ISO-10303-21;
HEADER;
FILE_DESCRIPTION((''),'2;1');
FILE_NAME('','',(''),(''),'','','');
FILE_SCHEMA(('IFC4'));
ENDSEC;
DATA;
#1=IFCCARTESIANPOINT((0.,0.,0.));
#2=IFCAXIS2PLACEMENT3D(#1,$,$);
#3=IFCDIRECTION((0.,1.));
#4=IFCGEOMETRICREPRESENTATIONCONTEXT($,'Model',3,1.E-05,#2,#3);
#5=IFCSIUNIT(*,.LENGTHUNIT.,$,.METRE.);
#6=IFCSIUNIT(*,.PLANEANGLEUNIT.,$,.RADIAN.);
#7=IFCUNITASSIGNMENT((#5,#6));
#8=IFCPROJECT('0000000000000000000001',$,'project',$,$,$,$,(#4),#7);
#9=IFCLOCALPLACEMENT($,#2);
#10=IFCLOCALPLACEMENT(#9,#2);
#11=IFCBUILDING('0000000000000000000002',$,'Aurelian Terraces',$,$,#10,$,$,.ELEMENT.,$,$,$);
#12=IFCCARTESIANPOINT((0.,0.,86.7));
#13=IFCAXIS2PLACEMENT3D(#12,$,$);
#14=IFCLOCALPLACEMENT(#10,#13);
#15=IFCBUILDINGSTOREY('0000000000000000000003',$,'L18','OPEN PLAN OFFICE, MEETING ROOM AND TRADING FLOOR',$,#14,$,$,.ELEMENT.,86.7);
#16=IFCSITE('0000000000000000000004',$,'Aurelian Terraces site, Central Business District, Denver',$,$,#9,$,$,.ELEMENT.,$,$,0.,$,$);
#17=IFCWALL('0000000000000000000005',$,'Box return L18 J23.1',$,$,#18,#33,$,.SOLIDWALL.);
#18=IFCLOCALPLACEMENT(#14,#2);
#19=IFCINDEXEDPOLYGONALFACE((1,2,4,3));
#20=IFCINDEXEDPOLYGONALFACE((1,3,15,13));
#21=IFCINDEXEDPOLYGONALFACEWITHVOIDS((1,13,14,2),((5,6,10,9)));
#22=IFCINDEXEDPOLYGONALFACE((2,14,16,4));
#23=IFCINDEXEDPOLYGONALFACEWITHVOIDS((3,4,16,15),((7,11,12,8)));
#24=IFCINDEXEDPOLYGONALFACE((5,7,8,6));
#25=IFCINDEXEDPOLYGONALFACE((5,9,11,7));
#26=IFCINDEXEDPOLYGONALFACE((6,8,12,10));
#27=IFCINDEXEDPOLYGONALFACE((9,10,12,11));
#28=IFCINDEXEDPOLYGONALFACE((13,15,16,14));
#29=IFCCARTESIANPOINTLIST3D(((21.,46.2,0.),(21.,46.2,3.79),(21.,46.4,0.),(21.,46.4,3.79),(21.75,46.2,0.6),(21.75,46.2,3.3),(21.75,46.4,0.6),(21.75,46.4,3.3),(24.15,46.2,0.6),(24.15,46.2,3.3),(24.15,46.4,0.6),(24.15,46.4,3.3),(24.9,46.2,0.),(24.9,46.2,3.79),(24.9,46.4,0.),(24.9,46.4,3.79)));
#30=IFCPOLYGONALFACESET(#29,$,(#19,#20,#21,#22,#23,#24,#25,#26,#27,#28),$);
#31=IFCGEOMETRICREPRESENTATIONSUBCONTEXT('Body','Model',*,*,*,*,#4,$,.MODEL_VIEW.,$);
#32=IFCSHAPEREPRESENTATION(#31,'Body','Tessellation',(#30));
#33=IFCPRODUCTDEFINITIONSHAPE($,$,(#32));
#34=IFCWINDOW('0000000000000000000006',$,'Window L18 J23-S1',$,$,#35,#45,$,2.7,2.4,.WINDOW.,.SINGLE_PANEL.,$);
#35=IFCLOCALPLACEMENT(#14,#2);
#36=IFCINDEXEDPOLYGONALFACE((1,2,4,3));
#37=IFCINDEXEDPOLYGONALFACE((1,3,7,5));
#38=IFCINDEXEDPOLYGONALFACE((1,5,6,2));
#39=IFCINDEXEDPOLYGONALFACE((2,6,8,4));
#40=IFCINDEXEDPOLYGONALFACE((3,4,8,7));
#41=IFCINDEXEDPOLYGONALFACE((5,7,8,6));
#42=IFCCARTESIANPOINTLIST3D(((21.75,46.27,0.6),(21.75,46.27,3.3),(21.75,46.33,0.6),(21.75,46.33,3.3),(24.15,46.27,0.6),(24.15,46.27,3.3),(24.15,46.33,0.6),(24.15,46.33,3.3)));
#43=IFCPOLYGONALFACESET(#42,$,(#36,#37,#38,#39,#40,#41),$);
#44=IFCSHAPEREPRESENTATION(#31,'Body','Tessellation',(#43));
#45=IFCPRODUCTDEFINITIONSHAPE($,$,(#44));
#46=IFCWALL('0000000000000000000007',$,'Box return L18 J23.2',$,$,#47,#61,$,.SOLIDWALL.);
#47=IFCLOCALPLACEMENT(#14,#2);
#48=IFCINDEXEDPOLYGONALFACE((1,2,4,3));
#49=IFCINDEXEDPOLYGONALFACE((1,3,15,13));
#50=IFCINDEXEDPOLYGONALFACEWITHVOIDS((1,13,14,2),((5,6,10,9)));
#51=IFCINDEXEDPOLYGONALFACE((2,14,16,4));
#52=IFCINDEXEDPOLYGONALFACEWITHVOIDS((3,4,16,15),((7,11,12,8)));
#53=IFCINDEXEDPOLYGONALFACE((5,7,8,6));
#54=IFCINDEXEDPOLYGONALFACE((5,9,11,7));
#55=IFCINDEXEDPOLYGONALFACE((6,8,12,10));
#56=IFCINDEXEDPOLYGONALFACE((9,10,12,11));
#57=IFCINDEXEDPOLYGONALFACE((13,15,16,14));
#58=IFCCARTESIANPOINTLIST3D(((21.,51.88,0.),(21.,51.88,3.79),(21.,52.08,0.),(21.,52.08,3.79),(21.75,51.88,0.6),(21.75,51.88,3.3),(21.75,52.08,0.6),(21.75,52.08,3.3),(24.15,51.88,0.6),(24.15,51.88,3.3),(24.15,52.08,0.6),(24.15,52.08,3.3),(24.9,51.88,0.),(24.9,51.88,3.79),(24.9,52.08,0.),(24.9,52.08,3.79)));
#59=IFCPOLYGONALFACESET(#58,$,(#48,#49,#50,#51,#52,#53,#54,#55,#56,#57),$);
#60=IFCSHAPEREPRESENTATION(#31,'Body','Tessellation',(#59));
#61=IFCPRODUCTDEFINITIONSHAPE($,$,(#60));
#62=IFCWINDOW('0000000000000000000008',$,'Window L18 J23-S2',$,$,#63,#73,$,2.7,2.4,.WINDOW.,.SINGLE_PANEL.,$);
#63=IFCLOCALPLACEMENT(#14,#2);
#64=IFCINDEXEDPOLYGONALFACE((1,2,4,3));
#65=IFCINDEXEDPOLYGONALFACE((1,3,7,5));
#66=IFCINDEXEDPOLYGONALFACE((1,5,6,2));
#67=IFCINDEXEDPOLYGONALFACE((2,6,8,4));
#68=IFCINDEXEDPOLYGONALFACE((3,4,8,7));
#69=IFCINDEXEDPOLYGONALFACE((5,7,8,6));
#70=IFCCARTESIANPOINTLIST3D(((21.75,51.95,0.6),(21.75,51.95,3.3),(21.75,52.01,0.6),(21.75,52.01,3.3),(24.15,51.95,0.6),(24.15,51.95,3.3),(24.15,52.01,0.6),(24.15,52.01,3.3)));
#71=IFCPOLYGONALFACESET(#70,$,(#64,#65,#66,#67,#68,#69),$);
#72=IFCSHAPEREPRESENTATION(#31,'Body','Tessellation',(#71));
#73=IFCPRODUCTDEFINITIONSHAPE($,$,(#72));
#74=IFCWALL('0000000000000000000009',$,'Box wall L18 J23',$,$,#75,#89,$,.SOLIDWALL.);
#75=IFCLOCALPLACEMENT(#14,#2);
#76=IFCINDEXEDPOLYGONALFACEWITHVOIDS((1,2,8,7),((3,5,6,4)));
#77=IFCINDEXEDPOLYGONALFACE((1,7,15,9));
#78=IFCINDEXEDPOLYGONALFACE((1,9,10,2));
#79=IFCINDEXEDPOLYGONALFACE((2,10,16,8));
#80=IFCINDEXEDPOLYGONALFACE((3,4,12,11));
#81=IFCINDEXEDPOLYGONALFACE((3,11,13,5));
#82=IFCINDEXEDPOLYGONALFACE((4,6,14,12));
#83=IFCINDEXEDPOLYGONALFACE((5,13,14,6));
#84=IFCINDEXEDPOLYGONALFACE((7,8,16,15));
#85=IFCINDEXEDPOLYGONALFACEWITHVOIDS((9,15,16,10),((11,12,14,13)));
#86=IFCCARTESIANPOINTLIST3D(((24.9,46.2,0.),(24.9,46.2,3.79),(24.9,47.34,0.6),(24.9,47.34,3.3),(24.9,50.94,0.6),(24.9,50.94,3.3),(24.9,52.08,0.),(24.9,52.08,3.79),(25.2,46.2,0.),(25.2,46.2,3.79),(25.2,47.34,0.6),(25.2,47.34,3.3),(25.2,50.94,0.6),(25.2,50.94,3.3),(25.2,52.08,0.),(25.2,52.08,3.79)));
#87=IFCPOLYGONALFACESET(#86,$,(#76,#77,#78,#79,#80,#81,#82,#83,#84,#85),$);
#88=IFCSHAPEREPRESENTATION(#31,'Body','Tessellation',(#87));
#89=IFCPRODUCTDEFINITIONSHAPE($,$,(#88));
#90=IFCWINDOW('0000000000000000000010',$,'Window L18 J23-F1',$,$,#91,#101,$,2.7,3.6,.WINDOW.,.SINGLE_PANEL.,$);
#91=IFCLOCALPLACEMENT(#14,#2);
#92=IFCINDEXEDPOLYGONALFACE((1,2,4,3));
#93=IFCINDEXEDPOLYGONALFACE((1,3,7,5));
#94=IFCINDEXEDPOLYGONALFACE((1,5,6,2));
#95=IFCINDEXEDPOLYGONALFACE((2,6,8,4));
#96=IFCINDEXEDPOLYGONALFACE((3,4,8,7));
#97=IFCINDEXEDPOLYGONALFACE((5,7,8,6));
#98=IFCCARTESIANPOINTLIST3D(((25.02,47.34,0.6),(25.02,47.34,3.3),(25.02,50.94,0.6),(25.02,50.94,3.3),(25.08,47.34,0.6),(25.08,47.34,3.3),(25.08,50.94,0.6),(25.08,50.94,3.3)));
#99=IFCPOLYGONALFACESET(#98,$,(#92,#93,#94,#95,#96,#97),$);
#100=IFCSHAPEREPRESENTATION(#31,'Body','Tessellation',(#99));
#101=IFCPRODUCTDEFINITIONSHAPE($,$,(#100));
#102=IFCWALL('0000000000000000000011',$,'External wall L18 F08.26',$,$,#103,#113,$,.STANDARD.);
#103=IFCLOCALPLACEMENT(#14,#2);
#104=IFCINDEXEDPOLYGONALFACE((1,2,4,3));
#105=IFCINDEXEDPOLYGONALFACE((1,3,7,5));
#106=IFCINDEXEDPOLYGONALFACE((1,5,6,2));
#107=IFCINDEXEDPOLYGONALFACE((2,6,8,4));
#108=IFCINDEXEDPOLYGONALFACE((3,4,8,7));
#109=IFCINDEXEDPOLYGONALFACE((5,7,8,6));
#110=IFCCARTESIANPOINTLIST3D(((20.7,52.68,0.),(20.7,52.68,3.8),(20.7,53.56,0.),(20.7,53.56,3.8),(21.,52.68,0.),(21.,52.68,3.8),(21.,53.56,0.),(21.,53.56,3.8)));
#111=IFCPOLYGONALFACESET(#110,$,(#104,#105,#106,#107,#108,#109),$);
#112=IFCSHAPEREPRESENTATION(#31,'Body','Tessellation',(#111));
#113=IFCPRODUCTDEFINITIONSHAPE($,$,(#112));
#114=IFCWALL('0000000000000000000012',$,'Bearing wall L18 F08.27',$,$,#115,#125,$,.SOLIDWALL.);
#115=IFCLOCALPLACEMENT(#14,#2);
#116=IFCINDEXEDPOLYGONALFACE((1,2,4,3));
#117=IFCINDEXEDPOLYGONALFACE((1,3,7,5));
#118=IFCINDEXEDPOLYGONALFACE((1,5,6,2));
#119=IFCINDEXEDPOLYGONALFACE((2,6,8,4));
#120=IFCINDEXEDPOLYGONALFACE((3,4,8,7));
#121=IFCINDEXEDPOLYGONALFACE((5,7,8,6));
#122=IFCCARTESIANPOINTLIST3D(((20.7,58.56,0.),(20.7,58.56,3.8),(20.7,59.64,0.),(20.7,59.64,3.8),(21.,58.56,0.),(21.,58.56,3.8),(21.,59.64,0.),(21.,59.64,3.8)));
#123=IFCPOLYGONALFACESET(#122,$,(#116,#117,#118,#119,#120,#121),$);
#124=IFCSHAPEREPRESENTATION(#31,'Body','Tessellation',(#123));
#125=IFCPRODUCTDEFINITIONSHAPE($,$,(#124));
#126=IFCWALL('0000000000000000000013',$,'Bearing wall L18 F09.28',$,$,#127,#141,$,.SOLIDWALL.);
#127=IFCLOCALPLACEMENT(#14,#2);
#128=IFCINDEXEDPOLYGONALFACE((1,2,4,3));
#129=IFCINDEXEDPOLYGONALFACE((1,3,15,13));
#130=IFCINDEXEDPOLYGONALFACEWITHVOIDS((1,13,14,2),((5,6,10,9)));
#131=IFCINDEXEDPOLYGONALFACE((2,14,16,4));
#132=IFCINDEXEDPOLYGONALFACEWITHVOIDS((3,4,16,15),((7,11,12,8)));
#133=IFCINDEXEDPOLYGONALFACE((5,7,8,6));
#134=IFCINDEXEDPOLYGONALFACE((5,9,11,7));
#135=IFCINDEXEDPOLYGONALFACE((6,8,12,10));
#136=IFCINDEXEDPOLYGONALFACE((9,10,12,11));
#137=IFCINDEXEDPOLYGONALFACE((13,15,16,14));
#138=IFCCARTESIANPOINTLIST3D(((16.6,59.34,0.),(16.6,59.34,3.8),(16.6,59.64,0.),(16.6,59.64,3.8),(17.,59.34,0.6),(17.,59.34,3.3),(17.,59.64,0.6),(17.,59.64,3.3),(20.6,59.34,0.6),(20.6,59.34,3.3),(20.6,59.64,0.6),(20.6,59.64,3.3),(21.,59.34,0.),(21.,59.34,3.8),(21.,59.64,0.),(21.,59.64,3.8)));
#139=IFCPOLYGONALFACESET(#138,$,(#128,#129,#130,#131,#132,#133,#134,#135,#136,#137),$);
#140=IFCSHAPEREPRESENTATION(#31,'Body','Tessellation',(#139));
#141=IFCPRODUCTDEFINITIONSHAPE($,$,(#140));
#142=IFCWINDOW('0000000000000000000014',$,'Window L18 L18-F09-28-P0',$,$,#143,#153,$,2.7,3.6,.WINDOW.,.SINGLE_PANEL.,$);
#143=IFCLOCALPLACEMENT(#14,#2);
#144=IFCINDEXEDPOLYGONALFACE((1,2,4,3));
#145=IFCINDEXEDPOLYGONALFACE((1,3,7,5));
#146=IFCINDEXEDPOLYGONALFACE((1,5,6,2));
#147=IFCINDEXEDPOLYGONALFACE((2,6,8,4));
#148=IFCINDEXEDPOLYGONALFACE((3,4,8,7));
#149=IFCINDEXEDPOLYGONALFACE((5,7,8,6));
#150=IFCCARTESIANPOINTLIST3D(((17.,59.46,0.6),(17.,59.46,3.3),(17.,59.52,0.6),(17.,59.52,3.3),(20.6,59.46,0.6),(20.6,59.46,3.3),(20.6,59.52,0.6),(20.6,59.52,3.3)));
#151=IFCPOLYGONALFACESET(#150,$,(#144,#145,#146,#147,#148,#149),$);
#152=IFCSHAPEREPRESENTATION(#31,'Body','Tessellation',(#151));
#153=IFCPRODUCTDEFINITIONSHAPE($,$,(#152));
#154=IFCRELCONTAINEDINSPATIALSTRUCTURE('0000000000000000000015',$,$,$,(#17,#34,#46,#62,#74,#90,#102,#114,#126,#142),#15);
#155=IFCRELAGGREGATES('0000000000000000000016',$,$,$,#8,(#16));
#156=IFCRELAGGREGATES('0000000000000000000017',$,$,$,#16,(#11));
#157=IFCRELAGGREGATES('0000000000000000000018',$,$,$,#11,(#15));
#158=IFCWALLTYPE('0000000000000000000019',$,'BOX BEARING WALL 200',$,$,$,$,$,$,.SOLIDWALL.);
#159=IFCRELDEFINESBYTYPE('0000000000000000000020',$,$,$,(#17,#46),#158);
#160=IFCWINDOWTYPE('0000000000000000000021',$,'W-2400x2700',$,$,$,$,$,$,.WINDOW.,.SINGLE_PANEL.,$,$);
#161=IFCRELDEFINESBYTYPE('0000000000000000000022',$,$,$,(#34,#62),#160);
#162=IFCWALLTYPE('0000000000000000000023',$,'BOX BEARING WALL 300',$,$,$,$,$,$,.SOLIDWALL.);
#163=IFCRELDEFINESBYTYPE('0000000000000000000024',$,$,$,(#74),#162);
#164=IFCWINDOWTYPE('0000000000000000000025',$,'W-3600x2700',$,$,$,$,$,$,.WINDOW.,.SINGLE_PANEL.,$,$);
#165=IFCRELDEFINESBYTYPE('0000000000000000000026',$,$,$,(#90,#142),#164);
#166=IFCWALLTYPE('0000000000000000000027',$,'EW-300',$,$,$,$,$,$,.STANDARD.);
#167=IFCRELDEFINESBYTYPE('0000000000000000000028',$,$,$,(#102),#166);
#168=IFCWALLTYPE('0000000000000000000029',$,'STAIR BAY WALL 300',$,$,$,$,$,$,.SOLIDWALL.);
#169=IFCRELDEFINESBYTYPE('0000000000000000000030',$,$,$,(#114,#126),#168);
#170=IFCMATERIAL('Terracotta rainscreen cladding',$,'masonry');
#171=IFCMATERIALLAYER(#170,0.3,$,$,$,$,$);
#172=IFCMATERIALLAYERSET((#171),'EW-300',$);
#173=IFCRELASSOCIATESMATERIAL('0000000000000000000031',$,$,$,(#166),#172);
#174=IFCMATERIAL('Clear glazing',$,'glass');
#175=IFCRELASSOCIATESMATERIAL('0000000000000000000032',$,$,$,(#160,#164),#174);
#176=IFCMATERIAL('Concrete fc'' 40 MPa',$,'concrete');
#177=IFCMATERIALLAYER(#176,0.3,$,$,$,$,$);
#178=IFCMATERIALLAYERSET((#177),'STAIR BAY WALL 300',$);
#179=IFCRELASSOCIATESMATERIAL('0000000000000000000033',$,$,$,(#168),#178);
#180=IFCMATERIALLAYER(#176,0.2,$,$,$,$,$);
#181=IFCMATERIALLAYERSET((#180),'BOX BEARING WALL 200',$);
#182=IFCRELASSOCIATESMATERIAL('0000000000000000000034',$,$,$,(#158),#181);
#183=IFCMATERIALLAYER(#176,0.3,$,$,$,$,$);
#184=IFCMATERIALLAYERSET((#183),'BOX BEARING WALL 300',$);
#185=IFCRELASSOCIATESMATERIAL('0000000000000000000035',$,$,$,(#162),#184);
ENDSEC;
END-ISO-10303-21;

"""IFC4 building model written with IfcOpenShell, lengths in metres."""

from ifc_helpers import new_model, si_unit, direction, frame, frame_2d, origin, place, context, subcontext, project, spatial, rectangle, extrude, source, transform, mapped, material, layer, layer_set, type_object, element, fill, save


model = new_model("IFC4")

# Units and contexts
model_context = context("Model", 3, precision=1e-05, world=origin(), true_north=direction((0.0, 1.0)))
body_context = subcontext(model_context, "Body", "Model", "MODEL_VIEW")
ifc_project = project(units=[si_unit("LENGTHUNIT", "METRE"), si_unit("PLANEANGLEUNIT", "RADIAN")], contexts=[model_context])

# Site, building, storey
site_placement = place(None, origin())
site = spatial("IfcSite", under=ifc_project, at=site_placement, Name="Aurelian Terraces site, Central Business District, Denver", CompositionType="ELEMENT", RefElevation=0.0)
building_placement = place(site_placement, origin())
building = spatial("IfcBuilding", under=site, at=building_placement, Name="Aurelian Terraces", CompositionType="ELEMENT")
storey_placement = place(building_placement, frame((0.0, 0.0, 86.7)))
storey = spatial("IfcBuildingStorey", under=building, at=storey_placement, Name="L18", Description="OPEN PLAN OFFICE, MEETING ROOM AND TRADING FLOOR", CompositionType="ELEMENT", Elevation=86.7)

# Shared definitions
ifc_material_1 = material(Name="Concrete fc' 40 MPa", Category="concrete")

# Shared definitions
ifc_material_2 = material(Name="Terracotta rainscreen cladding", Category="masonry")
ifc_layer_1 = layer(ifc_material_2, 0.3)
ifc_layer_set_1 = layer_set([ifc_layer_1], Name="EW-300")
wall_type_1 = type_object("IfcWallType", Name="EW-300", PredefinedType="STANDARD", material=ifc_layer_set_1)
ifc_material_3 = material(Name="Clear glazing", Category="glass")
window_type_1 = type_object("IfcWindowType", Name="W-2400x2700", PartitioningType="SINGLE_PANEL", PredefinedType="WINDOW", material=ifc_material_3)
shared_shape_1 = source(origin(), body_context, "Body", "SweptSolid", [
    extrude(rectangle(XDim=2.4, YDim=2.7, at=frame_2d((1.2, 1.35))), frame((0.0, 0.03, 0.0), z_axis=(0.0, -1.0, 0.0), x_axis=(1.0, 0.0, 0.0)), (0.0, 0.0, 1.0), 0.06),
])

# Walls, openings, windows
ifc_layer_2 = layer(ifc_material_1, 0.3)
ifc_layer_set_2 = layer_set([ifc_layer_2], Name="STAIR BAY WALL 300")
wall_type_2 = type_object("IfcWallType", Name="STAIR BAY WALL 300", PredefinedType="SOLIDWALL", material=ifc_layer_set_2)
ifc_layer_3 = layer(ifc_material_1, 0.2)
ifc_layer_set_3 = layer_set([ifc_layer_3], Name="BOX BEARING WALL 200")
wall_type_3 = type_object("IfcWallType", Name="BOX BEARING WALL 200", PredefinedType="SOLIDWALL", material=ifc_layer_set_3)
shared_shape_2 = source(origin(), body_context, "Body", "SweptSolid", [
    extrude(rectangle(XDim=3.9, YDim=0.2, at=frame_2d((1.95, 0.0))), origin(), (0.0, 0.0, 1.0), 3.79),
])
wall_1_placement = place(storey_placement, frame((21.0, 46.3, 0.0), z_axis=(0.0, 0.0, 1.0), x_axis=(1.0, 0.0, 0.0)))
wall_1 = element("IfcWall", 1, at=wall_1_placement, inside=storey, type_object=wall_type_3, Name="Box return L18 J23.1", PredefinedType="SOLIDWALL", context=body_context, shape_type="MappedRepresentation", body=[
    mapped(shared_shape_2, transform((0.0, 0.0, 0.0), scale=1.0)),
])
shared_shape_3 = source(origin(), body_context, "Body", "SweptSolid", [
    extrude(rectangle(XDim=2.4, YDim=2.7, at=frame_2d((1.2, 1.35))), frame((0.0, 0.11, 0.0), z_axis=(0.0, -1.0, 0.0), x_axis=(1.0, 0.0, 0.0)), (0.0, 0.0, 1.0), 0.22),
])
opening_1_placement = place(wall_1_placement, frame((0.75, 0.0, 0.6)))
opening_1 = element("IfcOpeningElement", 2, at=opening_1_placement, cuts=wall_1, PredefinedType="OPENING", context=body_context, shape_type="MappedRepresentation", body=[
    mapped(shared_shape_3, transform((0.0, 0.0, 0.0), scale=1.0)),
])
window_1_placement = place(opening_1_placement, origin())
window_1 = element("IfcWindow", 3, at=window_1_placement, inside=storey, type_object=window_type_1, Name="Window L18 J23-S1", OverallHeight=2.7, OverallWidth=2.4, PartitioningType="SINGLE_PANEL", PredefinedType="WINDOW", context=body_context, shape_type="MappedRepresentation", body=[
    mapped(shared_shape_1, transform((0.0, 0.0, 0.0), scale=1.0)),
])
fill(opening_1, window_1)
wall_2_placement = place(storey_placement, frame((21.0, 51.98, 0.0), z_axis=(0.0, 0.0, 1.0), x_axis=(1.0, 0.0, 0.0)))
wall_2 = element("IfcWall", 4, at=wall_2_placement, inside=storey, type_object=wall_type_3, Name="Box return L18 J23.2", PredefinedType="SOLIDWALL", context=body_context, shape_type="MappedRepresentation", body=[
    mapped(shared_shape_2, transform((0.0, 0.0, 0.0), scale=1.0)),
])
opening_2_placement = place(wall_2_placement, frame((0.75, 0.0, 0.6)))
opening_2 = element("IfcOpeningElement", 5, at=opening_2_placement, cuts=wall_2, PredefinedType="OPENING", context=body_context, shape_type="MappedRepresentation", body=[
    mapped(shared_shape_3, transform((0.0, 0.0, 0.0), scale=1.0)),
])
window_2_placement = place(opening_2_placement, origin())
window_2 = element("IfcWindow", 6, at=window_2_placement, inside=storey, type_object=window_type_1, Name="Window L18 J23-S2", OverallHeight=2.7, OverallWidth=2.4, PartitioningType="SINGLE_PANEL", PredefinedType="WINDOW", context=body_context, shape_type="MappedRepresentation", body=[
    mapped(shared_shape_1, transform((0.0, 0.0, 0.0), scale=1.0)),
])
fill(opening_2, window_2)
ifc_layer_4 = layer(ifc_material_1, 0.3)
ifc_layer_set_4 = layer_set([ifc_layer_4], Name="BOX BEARING WALL 300")
wall_type_4 = type_object("IfcWallType", Name="BOX BEARING WALL 300", PredefinedType="SOLIDWALL", material=ifc_layer_set_4)
shared_shape_4 = source(origin(), body_context, "Body", "SweptSolid", [
    extrude(rectangle(XDim=5.88, YDim=0.3, at=frame_2d((2.94, 0.0))), origin(), (0.0, 0.0, 1.0), 3.79),
])
wall_3_placement = place(storey_placement, frame((25.05, 46.2, 0.0), z_axis=(0.0, 0.0, 1.0), x_axis=(0.0, 1.0, 0.0)))
wall_3 = element("IfcWall", 7, at=wall_3_placement, inside=storey, type_object=wall_type_4, Name="Box wall L18 J23", PredefinedType="SOLIDWALL", context=body_context, shape_type="MappedRepresentation", body=[
    mapped(shared_shape_4, transform((0.0, 0.0, 0.0), scale=1.0)),
])
shared_shape_5 = source(origin(), body_context, "Body", "SweptSolid", [
    extrude(rectangle(XDim=3.6, YDim=2.7, at=frame_2d((1.8, 1.35))), frame((0.0, 0.16, 0.0), z_axis=(0.0, -1.0, 0.0), x_axis=(1.0, 0.0, 0.0)), (0.0, 0.0, 1.0), 0.32),
])
opening_3_placement = place(wall_3_placement, frame((1.14, 0.0, 0.6)))
opening_3 = element("IfcOpeningElement", 8, at=opening_3_placement, cuts=wall_3, PredefinedType="OPENING", context=body_context, shape_type="MappedRepresentation", body=[
    mapped(shared_shape_5, transform((0.0, 0.0, 0.0), scale=1.0)),
])
window_type_2 = type_object("IfcWindowType", Name="W-3600x2700", PartitioningType="SINGLE_PANEL", PredefinedType="WINDOW", material=ifc_material_3)
shared_shape_6 = source(origin(), body_context, "Body", "SweptSolid", [
    extrude(rectangle(XDim=3.6, YDim=2.7, at=frame_2d((1.8, 1.35))), frame((0.0, 0.03, 0.0), z_axis=(0.0, -1.0, 0.0), x_axis=(1.0, 0.0, 0.0)), (0.0, 0.0, 1.0), 0.06),
])
window_3_placement = place(opening_3_placement, origin())
window_3 = element("IfcWindow", 9, at=window_3_placement, inside=storey, type_object=window_type_2, Name="Window L18 J23-F1", OverallHeight=2.7, OverallWidth=3.6, PartitioningType="SINGLE_PANEL", PredefinedType="WINDOW", context=body_context, shape_type="MappedRepresentation", body=[
    mapped(shared_shape_6, transform((0.0, 0.0, 0.0), scale=1.0)),
])
fill(opening_3, window_3)

# Walls
shared_shape_7 = source(origin(), body_context, "Body", "SweptSolid", [
    extrude(rectangle(XDim=0.88, YDim=0.3, at=frame_2d((0.44, 0.0))), origin(), (0.0, 0.0, 1.0), 3.8),
])
wall_4_placement = place(storey_placement, frame((20.85, 52.68, 0.0), z_axis=(0.0, 0.0, 1.0), x_axis=(0.0, 1.0, 0.0)))
element("IfcWall", 10, at=wall_4_placement, inside=storey, type_object=wall_type_1, Name="External wall L18 F08.26", PredefinedType="STANDARD", context=body_context, shape_type="MappedRepresentation", body=[
    mapped(shared_shape_7, transform((0.0, 0.0, 0.0), scale=1.0)),
])
shared_shape_8 = source(origin(), body_context, "Body", "SweptSolid", [
    extrude(rectangle(XDim=1.08, YDim=0.3, at=frame_2d((0.54, 0.0))), origin(), (0.0, 0.0, 1.0), 3.8),
])
wall_5_placement = place(storey_placement, frame((20.85, 58.56, 0.0), z_axis=(0.0, 0.0, 1.0), x_axis=(0.0, 1.0, 0.0)))
element("IfcWall", 11, at=wall_5_placement, inside=storey, type_object=wall_type_2, Name="Bearing wall L18 F08.27", PredefinedType="SOLIDWALL", context=body_context, shape_type="MappedRepresentation", body=[
    mapped(shared_shape_8, transform((0.0, 0.0, 0.0), scale=1.0)),
])

# Wall, opening, window
shared_shape_9 = source(origin(), body_context, "Body", "SweptSolid", [
    extrude(rectangle(XDim=4.4, YDim=0.3, at=frame_2d((2.2, 0.0))), origin(), (0.0, 0.0, 1.0), 3.8),
])
wall_6_placement = place(storey_placement, frame((21.0, 59.49, 0.0), z_axis=(0.0, 0.0, 1.0), x_axis=(-1.0, 0.0, 0.0)))
wall_6 = element("IfcWall", 12, at=wall_6_placement, inside=storey, type_object=wall_type_2, Name="Bearing wall L18 F09.28", PredefinedType="SOLIDWALL", context=body_context, shape_type="MappedRepresentation", body=[
    mapped(shared_shape_9, transform((0.0, 0.0, 0.0), scale=1.0)),
])
opening_4_placement = place(wall_6_placement, frame((0.4, 0.0, 0.6)))
opening_4 = element("IfcOpeningElement", 13, at=opening_4_placement, cuts=wall_6, PredefinedType="OPENING", context=body_context, shape_type="MappedRepresentation", body=[
    mapped(shared_shape_5, transform((0.0, 0.0, 0.0), scale=1.0)),
])
window_4_placement = place(opening_4_placement, origin())
window_4 = element("IfcWindow", 14, at=window_4_placement, inside=storey, type_object=window_type_2, Name="Window L18 L18-F09-28-P0", OverallHeight=2.7, OverallWidth=3.6, PartitioningType="SINGLE_PANEL", PredefinedType="WINDOW", context=body_context, shape_type="MappedRepresentation", body=[
    mapped(shared_shape_6, transform((0.0, 0.0, 0.0), scale=1.0)),
])
fill(opening_4, window_4)

save(model, "model.ifc")
